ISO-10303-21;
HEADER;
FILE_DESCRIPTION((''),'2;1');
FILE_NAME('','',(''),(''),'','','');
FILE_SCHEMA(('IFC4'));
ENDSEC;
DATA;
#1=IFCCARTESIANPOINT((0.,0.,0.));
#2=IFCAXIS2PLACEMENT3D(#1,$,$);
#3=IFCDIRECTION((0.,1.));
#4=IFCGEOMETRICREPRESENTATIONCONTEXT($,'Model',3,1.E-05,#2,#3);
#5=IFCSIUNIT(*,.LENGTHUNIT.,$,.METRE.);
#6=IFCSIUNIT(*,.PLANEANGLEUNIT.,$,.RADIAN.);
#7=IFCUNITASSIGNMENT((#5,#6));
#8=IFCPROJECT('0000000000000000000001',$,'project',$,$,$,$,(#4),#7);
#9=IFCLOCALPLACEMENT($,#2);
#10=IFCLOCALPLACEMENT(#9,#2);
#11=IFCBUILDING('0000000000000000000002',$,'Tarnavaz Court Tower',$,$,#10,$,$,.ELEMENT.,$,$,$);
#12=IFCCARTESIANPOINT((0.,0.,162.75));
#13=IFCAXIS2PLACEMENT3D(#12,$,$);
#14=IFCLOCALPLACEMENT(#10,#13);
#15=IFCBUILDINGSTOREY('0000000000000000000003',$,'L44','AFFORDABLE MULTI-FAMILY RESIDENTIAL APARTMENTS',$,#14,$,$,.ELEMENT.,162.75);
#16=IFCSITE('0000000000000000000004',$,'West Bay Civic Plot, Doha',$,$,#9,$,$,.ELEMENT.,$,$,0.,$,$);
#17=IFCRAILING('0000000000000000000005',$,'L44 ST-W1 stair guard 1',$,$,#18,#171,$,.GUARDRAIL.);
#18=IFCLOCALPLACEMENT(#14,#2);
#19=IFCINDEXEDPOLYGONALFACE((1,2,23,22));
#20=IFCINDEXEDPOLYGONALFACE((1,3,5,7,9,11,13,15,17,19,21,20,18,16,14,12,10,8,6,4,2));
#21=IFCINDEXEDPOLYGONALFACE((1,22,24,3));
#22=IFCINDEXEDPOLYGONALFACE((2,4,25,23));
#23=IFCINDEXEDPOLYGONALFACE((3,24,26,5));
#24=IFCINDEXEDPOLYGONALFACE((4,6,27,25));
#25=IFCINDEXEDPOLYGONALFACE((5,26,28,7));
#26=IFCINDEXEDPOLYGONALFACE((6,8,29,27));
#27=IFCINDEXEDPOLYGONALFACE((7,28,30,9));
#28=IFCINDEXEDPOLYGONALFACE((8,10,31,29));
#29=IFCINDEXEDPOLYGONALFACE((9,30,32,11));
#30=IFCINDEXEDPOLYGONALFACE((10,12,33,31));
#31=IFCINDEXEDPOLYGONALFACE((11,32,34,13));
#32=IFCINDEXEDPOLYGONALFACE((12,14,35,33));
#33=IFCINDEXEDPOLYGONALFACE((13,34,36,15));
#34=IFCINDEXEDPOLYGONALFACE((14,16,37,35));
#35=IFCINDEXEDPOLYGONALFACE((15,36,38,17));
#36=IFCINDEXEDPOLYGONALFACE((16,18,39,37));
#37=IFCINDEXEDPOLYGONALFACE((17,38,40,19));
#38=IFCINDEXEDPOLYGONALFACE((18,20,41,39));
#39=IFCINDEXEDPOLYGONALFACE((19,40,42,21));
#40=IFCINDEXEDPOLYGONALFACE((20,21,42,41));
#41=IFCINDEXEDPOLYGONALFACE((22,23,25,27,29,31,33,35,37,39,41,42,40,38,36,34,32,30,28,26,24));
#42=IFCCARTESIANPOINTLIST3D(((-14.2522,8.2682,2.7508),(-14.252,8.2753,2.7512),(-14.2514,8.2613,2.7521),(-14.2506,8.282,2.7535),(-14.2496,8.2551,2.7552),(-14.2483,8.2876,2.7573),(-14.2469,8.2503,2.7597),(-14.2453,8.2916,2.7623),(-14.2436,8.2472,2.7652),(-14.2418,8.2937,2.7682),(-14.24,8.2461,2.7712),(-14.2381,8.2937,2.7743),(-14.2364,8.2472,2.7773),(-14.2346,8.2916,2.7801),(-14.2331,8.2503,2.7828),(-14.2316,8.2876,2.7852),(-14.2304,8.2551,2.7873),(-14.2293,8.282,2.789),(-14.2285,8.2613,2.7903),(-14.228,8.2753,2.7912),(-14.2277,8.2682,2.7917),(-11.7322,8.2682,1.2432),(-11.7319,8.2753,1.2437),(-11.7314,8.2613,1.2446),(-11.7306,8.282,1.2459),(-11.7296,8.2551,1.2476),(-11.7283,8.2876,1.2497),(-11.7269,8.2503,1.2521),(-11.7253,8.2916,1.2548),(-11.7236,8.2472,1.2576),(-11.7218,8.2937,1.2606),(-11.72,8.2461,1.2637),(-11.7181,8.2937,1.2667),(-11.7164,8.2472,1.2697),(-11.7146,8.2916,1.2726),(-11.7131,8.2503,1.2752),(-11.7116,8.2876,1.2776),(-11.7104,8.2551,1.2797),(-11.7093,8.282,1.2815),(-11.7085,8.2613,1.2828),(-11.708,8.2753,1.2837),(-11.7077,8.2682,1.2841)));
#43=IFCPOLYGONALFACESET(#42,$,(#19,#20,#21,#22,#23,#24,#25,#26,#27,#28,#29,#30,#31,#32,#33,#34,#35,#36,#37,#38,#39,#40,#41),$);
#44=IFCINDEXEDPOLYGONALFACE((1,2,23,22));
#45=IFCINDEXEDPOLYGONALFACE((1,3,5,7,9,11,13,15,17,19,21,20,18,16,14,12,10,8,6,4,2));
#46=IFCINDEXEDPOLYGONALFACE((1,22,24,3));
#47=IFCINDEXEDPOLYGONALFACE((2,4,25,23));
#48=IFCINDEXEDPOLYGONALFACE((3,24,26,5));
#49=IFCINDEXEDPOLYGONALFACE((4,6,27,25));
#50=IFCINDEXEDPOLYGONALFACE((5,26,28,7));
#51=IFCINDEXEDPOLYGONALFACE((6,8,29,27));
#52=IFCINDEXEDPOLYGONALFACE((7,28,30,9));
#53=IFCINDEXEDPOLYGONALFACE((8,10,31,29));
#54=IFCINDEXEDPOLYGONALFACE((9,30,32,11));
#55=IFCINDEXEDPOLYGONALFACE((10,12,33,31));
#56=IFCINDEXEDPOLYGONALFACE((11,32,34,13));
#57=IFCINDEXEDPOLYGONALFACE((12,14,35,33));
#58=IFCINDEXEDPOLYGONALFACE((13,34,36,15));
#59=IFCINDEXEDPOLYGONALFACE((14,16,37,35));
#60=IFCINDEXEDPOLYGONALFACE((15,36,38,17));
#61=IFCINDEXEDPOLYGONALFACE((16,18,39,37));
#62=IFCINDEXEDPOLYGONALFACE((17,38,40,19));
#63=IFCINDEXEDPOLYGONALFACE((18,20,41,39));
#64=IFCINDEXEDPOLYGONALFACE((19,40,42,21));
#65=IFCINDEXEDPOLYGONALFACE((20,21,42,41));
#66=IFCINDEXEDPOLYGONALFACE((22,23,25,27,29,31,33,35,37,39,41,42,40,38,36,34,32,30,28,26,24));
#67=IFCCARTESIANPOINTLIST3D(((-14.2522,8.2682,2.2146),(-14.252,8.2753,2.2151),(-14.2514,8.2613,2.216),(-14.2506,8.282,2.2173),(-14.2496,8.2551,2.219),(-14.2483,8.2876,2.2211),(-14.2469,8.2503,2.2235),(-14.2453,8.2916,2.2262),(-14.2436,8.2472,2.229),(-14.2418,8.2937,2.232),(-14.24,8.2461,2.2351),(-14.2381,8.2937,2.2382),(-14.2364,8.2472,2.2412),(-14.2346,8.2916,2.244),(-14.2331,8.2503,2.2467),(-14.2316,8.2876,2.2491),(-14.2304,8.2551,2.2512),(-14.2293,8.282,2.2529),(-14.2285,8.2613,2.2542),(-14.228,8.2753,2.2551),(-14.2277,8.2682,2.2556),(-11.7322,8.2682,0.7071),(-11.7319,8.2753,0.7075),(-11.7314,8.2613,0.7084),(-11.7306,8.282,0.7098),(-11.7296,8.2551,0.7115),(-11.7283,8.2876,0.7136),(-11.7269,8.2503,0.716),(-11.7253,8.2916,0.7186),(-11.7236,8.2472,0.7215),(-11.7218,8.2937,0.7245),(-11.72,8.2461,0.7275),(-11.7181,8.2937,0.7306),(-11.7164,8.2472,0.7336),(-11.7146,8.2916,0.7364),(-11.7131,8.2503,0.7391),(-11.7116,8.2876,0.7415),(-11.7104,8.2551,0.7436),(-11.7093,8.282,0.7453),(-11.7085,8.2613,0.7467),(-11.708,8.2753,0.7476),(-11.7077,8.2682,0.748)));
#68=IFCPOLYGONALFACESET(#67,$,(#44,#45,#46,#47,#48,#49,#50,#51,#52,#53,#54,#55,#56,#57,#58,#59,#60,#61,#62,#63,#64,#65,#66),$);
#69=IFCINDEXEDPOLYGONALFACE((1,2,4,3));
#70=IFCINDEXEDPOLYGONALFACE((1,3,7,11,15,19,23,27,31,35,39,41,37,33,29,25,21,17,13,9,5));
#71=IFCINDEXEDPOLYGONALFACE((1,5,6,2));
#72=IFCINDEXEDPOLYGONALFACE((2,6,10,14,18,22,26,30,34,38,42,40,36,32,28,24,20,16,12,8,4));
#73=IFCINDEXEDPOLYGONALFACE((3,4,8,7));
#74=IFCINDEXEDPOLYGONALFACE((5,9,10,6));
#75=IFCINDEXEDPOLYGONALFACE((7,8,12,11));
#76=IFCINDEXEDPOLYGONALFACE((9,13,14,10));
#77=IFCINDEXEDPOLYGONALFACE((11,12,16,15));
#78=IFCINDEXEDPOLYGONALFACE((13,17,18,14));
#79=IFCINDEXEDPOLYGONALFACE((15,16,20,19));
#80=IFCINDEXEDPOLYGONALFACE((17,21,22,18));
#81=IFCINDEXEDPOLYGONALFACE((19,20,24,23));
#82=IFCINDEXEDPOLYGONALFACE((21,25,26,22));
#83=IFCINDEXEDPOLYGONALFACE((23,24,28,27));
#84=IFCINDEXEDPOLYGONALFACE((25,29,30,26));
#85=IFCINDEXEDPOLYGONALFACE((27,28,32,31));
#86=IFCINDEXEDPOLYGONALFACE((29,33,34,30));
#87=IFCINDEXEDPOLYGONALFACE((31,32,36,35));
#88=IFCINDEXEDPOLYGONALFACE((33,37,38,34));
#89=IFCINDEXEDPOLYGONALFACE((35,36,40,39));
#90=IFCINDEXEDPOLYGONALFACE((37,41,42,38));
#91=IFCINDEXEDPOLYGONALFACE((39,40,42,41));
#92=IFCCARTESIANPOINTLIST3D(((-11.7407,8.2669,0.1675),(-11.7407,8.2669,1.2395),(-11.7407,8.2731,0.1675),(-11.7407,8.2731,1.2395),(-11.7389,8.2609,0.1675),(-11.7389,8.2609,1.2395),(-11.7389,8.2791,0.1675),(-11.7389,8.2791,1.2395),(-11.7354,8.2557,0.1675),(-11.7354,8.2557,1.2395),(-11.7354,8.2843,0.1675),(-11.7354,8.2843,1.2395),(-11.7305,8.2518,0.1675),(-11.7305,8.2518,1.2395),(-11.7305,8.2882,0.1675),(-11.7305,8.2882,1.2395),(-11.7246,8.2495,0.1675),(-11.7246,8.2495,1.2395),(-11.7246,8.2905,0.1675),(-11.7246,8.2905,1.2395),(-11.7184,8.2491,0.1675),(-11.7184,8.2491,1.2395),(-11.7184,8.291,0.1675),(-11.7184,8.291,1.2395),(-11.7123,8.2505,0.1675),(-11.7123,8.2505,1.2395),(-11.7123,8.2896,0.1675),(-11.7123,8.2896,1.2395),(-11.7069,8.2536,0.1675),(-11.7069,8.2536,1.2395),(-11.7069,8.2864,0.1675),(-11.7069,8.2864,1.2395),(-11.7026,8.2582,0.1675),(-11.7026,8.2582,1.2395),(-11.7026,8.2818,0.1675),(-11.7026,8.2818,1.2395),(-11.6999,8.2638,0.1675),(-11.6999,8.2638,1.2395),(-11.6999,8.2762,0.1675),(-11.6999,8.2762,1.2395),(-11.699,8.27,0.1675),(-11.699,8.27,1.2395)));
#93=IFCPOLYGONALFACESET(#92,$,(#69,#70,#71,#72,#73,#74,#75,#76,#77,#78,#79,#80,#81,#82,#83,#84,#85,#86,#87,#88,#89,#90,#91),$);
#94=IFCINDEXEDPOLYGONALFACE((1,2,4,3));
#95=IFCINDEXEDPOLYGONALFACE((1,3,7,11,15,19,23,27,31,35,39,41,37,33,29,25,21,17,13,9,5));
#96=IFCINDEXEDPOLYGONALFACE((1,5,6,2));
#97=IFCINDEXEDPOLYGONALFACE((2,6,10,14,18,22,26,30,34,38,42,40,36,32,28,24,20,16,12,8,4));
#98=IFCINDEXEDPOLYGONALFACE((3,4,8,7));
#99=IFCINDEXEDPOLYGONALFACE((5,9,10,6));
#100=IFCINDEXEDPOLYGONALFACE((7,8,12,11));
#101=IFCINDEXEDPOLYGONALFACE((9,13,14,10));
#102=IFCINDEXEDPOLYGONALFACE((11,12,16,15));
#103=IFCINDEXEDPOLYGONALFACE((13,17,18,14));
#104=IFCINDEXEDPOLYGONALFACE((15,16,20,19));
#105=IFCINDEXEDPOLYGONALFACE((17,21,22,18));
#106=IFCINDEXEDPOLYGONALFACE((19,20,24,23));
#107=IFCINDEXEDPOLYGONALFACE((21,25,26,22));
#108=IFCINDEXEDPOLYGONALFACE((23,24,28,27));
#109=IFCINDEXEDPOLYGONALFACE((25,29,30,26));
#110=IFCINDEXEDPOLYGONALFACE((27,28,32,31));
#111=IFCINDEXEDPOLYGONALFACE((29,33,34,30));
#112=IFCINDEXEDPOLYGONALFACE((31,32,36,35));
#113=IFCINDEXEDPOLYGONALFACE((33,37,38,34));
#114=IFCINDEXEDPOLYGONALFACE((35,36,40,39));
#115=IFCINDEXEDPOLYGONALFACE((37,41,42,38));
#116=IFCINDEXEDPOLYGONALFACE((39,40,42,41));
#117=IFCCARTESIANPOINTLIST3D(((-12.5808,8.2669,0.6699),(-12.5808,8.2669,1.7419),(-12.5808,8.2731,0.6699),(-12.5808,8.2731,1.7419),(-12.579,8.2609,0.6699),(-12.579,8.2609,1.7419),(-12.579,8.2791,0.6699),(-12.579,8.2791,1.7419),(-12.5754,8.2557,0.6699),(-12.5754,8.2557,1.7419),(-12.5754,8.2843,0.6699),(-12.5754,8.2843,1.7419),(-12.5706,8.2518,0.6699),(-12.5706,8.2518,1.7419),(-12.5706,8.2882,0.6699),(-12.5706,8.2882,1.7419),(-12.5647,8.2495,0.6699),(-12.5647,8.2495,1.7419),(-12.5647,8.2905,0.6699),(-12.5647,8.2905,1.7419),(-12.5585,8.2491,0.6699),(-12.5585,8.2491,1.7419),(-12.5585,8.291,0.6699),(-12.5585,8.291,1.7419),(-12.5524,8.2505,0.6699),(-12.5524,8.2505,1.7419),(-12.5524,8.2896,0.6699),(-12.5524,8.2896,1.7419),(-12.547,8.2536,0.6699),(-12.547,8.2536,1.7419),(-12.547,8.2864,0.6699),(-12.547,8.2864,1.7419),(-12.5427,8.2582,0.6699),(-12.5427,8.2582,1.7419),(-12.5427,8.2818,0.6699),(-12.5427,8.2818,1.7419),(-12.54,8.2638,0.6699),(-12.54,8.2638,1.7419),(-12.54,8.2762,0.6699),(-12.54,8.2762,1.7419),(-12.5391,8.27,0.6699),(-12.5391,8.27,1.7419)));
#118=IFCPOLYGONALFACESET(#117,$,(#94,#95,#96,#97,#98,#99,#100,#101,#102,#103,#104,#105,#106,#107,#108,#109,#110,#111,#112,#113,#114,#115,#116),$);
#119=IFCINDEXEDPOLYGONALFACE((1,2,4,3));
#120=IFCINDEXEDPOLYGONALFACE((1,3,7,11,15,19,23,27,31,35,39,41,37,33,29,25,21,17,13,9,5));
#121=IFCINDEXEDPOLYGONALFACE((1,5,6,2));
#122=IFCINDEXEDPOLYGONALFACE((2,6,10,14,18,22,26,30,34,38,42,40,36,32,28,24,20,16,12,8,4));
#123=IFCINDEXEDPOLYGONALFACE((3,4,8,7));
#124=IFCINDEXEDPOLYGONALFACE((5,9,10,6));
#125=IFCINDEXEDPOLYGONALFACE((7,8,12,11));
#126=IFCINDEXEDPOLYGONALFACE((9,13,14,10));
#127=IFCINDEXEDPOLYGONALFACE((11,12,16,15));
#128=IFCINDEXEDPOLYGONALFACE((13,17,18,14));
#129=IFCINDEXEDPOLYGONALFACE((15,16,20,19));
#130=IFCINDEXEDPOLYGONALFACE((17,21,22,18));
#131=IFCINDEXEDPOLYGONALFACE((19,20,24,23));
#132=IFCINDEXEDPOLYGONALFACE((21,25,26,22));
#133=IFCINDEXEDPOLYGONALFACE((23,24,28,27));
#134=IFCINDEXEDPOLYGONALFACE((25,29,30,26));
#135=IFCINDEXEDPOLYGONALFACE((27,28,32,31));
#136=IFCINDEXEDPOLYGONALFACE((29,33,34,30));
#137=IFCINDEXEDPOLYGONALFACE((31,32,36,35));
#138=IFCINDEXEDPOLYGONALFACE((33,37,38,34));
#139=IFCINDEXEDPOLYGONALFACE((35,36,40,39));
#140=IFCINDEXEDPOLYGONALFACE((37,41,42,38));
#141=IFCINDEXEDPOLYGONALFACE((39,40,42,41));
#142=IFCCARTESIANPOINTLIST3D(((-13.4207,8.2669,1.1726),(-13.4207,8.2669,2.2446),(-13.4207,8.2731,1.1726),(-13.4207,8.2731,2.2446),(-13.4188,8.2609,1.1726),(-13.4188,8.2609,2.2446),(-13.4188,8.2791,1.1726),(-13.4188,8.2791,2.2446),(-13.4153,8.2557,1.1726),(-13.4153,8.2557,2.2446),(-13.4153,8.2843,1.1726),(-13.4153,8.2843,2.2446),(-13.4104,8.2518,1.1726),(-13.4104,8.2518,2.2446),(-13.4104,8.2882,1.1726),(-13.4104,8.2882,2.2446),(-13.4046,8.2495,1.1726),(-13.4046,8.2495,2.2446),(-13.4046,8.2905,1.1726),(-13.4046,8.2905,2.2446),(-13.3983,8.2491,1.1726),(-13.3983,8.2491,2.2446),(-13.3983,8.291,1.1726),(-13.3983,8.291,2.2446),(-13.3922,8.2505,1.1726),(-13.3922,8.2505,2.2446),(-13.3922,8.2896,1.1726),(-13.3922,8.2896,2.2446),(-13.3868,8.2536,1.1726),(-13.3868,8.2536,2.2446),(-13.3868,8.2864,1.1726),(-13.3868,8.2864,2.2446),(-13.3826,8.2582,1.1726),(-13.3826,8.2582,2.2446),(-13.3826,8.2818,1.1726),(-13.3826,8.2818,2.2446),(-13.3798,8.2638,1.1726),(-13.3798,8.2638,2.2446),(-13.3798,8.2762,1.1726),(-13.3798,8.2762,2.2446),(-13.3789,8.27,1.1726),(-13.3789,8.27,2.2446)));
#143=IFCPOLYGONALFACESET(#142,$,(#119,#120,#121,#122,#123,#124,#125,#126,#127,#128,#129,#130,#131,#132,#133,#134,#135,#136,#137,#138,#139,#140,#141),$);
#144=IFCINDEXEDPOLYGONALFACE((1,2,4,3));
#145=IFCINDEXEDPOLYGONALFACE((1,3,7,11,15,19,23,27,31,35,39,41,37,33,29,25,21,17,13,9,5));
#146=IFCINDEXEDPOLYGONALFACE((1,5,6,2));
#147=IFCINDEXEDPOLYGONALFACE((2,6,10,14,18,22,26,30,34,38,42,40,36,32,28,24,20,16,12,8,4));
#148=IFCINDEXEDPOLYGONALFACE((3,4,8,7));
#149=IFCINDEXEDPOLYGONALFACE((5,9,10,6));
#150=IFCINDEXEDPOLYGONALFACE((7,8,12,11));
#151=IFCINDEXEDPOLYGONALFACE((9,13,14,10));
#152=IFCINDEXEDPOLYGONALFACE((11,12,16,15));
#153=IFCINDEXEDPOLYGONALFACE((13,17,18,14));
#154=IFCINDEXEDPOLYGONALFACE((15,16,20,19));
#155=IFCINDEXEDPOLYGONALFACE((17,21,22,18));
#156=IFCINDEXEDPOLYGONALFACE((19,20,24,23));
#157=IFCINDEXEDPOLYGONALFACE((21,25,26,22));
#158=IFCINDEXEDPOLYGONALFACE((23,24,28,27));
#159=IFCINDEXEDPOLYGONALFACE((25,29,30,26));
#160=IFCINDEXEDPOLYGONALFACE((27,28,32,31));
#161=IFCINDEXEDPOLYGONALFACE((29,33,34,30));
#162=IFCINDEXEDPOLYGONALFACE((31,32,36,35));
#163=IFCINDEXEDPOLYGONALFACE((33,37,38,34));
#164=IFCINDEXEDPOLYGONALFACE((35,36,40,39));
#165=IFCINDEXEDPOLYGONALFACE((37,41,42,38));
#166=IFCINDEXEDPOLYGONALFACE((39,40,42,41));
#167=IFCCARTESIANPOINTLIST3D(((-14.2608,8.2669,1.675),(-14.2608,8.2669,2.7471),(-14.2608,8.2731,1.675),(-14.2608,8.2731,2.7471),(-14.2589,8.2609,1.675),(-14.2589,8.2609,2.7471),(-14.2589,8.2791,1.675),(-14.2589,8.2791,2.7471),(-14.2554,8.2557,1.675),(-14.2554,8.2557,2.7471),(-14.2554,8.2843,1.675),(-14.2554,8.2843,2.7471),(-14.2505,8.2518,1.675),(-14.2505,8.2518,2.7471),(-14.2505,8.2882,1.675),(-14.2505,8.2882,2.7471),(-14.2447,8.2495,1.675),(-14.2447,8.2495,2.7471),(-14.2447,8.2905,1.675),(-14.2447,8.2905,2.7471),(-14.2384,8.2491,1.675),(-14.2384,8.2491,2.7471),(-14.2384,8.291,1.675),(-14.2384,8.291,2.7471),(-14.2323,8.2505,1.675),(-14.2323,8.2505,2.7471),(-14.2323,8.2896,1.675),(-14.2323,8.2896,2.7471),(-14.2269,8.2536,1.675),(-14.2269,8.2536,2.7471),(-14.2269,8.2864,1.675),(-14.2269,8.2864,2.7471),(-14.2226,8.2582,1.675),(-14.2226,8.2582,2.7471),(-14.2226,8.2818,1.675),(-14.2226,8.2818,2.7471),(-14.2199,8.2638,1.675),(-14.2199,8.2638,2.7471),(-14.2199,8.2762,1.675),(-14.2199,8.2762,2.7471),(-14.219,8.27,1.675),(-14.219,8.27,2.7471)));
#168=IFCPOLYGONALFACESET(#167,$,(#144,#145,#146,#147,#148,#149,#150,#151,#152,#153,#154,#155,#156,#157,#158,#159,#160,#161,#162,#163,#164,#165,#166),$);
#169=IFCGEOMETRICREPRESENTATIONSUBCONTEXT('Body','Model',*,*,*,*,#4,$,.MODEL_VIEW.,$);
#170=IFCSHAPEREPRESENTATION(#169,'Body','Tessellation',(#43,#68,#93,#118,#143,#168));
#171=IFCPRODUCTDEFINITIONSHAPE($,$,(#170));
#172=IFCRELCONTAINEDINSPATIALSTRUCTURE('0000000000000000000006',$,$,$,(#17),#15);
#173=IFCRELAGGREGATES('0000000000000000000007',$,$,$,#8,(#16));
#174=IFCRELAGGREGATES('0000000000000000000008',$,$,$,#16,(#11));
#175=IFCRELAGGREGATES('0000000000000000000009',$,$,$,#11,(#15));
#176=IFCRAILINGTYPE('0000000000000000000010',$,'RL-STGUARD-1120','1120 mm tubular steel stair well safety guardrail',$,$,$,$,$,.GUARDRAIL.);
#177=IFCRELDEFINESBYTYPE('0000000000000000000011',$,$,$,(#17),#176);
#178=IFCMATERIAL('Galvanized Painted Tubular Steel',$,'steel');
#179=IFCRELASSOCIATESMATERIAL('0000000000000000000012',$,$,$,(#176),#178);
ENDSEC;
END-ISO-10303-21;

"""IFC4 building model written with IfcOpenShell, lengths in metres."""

from ifc_helpers import new_model, si_unit, direction, frame, origin, origin_2d, place, context, subcontext, project, spatial, circle, extrude, material, type_object, element, save


model = new_model("IFC4")

# Units and contexts
model_context = context("Model", 3, precision=1e-05, world=origin(), true_north=direction((0.0, 1.0)))
body_context = subcontext(model_context, "Body", "Model", "MODEL_VIEW")
ifc_project = project(units=[si_unit("LENGTHUNIT", "METRE"), si_unit("PLANEANGLEUNIT", "RADIAN")], contexts=[model_context])

# Site, building, storey
site_placement = place(None, origin())
site = spatial("IfcSite", under=ifc_project, at=site_placement, Name="West Bay Civic Plot, Doha", CompositionType="ELEMENT", RefElevation=0.0)
building_placement = place(site_placement, origin())
building = spatial("IfcBuilding", under=site, at=building_placement, Name="Tarnavaz Court Tower", CompositionType="ELEMENT")
storey_placement = place(building_placement, frame((0.0, 0.0, 162.75)))
storey = spatial("IfcBuildingStorey", under=building, at=storey_placement, Name="L44", Description="AFFORDABLE MULTI-FAMILY RESIDENTIAL APARTMENTS", CompositionType="ELEMENT", Elevation=162.75)

# Railing
ifc_material_1 = material(Name="Galvanized Painted Tubular Steel", Category="steel")
railing_type_1 = type_object("IfcRailingType", Name="RL-STGUARD-1120", Description="1120 mm tubular steel stair well safety guardrail", PredefinedType="GUARDRAIL", material=ifc_material_1)
railing_1_placement = place(storey_placement, frame((-11.72, 8.27, 0.1675)))
element("IfcRailing", 1, at=railing_1_placement, inside=storey, type_object=railing_type_1, Name="L44 ST-W1 stair guard 1", PredefinedType="GUARDRAIL", context=body_context, shape_type="SweptSolid", body=[
    extrude(circle(Radius=0.0239, at=origin_2d()), frame((0.0, 0.0, 1.0962), z_axis=(-0.85816, 0.0, 0.513383), x_axis=(0.0, -1.0, 0.0)), (0.0, 0.0, 1.0), 2.9365),
    extrude(circle(Radius=0.0239, at=origin_2d()), frame((0.0, 0.0, 0.5601), z_axis=(-0.85816, 0.0, 0.513383), x_axis=(0.0, -1.0, 0.0)), (0.0, 0.0, 1.0), 2.9365),
    extrude(circle(Radius=0.021, at=origin_2d()), origin(), (0.0, 0.0, 1.0), 1.072),
    extrude(circle(Radius=0.021, at=origin_2d()), frame((-0.8401, 0.0, 0.5024)), (0.0, 0.0, 1.0), 1.072),
    extrude(circle(Radius=0.021, at=origin_2d()), frame((-1.6799, 0.0, 1.0051)), (0.0, 0.0, 1.0), 1.072),
    extrude(circle(Radius=0.021, at=origin_2d()), frame((-2.52, 0.0, 1.5076)), (0.0, 0.0, 1.0), 1.072),
])

save(model, "model.ifc")
